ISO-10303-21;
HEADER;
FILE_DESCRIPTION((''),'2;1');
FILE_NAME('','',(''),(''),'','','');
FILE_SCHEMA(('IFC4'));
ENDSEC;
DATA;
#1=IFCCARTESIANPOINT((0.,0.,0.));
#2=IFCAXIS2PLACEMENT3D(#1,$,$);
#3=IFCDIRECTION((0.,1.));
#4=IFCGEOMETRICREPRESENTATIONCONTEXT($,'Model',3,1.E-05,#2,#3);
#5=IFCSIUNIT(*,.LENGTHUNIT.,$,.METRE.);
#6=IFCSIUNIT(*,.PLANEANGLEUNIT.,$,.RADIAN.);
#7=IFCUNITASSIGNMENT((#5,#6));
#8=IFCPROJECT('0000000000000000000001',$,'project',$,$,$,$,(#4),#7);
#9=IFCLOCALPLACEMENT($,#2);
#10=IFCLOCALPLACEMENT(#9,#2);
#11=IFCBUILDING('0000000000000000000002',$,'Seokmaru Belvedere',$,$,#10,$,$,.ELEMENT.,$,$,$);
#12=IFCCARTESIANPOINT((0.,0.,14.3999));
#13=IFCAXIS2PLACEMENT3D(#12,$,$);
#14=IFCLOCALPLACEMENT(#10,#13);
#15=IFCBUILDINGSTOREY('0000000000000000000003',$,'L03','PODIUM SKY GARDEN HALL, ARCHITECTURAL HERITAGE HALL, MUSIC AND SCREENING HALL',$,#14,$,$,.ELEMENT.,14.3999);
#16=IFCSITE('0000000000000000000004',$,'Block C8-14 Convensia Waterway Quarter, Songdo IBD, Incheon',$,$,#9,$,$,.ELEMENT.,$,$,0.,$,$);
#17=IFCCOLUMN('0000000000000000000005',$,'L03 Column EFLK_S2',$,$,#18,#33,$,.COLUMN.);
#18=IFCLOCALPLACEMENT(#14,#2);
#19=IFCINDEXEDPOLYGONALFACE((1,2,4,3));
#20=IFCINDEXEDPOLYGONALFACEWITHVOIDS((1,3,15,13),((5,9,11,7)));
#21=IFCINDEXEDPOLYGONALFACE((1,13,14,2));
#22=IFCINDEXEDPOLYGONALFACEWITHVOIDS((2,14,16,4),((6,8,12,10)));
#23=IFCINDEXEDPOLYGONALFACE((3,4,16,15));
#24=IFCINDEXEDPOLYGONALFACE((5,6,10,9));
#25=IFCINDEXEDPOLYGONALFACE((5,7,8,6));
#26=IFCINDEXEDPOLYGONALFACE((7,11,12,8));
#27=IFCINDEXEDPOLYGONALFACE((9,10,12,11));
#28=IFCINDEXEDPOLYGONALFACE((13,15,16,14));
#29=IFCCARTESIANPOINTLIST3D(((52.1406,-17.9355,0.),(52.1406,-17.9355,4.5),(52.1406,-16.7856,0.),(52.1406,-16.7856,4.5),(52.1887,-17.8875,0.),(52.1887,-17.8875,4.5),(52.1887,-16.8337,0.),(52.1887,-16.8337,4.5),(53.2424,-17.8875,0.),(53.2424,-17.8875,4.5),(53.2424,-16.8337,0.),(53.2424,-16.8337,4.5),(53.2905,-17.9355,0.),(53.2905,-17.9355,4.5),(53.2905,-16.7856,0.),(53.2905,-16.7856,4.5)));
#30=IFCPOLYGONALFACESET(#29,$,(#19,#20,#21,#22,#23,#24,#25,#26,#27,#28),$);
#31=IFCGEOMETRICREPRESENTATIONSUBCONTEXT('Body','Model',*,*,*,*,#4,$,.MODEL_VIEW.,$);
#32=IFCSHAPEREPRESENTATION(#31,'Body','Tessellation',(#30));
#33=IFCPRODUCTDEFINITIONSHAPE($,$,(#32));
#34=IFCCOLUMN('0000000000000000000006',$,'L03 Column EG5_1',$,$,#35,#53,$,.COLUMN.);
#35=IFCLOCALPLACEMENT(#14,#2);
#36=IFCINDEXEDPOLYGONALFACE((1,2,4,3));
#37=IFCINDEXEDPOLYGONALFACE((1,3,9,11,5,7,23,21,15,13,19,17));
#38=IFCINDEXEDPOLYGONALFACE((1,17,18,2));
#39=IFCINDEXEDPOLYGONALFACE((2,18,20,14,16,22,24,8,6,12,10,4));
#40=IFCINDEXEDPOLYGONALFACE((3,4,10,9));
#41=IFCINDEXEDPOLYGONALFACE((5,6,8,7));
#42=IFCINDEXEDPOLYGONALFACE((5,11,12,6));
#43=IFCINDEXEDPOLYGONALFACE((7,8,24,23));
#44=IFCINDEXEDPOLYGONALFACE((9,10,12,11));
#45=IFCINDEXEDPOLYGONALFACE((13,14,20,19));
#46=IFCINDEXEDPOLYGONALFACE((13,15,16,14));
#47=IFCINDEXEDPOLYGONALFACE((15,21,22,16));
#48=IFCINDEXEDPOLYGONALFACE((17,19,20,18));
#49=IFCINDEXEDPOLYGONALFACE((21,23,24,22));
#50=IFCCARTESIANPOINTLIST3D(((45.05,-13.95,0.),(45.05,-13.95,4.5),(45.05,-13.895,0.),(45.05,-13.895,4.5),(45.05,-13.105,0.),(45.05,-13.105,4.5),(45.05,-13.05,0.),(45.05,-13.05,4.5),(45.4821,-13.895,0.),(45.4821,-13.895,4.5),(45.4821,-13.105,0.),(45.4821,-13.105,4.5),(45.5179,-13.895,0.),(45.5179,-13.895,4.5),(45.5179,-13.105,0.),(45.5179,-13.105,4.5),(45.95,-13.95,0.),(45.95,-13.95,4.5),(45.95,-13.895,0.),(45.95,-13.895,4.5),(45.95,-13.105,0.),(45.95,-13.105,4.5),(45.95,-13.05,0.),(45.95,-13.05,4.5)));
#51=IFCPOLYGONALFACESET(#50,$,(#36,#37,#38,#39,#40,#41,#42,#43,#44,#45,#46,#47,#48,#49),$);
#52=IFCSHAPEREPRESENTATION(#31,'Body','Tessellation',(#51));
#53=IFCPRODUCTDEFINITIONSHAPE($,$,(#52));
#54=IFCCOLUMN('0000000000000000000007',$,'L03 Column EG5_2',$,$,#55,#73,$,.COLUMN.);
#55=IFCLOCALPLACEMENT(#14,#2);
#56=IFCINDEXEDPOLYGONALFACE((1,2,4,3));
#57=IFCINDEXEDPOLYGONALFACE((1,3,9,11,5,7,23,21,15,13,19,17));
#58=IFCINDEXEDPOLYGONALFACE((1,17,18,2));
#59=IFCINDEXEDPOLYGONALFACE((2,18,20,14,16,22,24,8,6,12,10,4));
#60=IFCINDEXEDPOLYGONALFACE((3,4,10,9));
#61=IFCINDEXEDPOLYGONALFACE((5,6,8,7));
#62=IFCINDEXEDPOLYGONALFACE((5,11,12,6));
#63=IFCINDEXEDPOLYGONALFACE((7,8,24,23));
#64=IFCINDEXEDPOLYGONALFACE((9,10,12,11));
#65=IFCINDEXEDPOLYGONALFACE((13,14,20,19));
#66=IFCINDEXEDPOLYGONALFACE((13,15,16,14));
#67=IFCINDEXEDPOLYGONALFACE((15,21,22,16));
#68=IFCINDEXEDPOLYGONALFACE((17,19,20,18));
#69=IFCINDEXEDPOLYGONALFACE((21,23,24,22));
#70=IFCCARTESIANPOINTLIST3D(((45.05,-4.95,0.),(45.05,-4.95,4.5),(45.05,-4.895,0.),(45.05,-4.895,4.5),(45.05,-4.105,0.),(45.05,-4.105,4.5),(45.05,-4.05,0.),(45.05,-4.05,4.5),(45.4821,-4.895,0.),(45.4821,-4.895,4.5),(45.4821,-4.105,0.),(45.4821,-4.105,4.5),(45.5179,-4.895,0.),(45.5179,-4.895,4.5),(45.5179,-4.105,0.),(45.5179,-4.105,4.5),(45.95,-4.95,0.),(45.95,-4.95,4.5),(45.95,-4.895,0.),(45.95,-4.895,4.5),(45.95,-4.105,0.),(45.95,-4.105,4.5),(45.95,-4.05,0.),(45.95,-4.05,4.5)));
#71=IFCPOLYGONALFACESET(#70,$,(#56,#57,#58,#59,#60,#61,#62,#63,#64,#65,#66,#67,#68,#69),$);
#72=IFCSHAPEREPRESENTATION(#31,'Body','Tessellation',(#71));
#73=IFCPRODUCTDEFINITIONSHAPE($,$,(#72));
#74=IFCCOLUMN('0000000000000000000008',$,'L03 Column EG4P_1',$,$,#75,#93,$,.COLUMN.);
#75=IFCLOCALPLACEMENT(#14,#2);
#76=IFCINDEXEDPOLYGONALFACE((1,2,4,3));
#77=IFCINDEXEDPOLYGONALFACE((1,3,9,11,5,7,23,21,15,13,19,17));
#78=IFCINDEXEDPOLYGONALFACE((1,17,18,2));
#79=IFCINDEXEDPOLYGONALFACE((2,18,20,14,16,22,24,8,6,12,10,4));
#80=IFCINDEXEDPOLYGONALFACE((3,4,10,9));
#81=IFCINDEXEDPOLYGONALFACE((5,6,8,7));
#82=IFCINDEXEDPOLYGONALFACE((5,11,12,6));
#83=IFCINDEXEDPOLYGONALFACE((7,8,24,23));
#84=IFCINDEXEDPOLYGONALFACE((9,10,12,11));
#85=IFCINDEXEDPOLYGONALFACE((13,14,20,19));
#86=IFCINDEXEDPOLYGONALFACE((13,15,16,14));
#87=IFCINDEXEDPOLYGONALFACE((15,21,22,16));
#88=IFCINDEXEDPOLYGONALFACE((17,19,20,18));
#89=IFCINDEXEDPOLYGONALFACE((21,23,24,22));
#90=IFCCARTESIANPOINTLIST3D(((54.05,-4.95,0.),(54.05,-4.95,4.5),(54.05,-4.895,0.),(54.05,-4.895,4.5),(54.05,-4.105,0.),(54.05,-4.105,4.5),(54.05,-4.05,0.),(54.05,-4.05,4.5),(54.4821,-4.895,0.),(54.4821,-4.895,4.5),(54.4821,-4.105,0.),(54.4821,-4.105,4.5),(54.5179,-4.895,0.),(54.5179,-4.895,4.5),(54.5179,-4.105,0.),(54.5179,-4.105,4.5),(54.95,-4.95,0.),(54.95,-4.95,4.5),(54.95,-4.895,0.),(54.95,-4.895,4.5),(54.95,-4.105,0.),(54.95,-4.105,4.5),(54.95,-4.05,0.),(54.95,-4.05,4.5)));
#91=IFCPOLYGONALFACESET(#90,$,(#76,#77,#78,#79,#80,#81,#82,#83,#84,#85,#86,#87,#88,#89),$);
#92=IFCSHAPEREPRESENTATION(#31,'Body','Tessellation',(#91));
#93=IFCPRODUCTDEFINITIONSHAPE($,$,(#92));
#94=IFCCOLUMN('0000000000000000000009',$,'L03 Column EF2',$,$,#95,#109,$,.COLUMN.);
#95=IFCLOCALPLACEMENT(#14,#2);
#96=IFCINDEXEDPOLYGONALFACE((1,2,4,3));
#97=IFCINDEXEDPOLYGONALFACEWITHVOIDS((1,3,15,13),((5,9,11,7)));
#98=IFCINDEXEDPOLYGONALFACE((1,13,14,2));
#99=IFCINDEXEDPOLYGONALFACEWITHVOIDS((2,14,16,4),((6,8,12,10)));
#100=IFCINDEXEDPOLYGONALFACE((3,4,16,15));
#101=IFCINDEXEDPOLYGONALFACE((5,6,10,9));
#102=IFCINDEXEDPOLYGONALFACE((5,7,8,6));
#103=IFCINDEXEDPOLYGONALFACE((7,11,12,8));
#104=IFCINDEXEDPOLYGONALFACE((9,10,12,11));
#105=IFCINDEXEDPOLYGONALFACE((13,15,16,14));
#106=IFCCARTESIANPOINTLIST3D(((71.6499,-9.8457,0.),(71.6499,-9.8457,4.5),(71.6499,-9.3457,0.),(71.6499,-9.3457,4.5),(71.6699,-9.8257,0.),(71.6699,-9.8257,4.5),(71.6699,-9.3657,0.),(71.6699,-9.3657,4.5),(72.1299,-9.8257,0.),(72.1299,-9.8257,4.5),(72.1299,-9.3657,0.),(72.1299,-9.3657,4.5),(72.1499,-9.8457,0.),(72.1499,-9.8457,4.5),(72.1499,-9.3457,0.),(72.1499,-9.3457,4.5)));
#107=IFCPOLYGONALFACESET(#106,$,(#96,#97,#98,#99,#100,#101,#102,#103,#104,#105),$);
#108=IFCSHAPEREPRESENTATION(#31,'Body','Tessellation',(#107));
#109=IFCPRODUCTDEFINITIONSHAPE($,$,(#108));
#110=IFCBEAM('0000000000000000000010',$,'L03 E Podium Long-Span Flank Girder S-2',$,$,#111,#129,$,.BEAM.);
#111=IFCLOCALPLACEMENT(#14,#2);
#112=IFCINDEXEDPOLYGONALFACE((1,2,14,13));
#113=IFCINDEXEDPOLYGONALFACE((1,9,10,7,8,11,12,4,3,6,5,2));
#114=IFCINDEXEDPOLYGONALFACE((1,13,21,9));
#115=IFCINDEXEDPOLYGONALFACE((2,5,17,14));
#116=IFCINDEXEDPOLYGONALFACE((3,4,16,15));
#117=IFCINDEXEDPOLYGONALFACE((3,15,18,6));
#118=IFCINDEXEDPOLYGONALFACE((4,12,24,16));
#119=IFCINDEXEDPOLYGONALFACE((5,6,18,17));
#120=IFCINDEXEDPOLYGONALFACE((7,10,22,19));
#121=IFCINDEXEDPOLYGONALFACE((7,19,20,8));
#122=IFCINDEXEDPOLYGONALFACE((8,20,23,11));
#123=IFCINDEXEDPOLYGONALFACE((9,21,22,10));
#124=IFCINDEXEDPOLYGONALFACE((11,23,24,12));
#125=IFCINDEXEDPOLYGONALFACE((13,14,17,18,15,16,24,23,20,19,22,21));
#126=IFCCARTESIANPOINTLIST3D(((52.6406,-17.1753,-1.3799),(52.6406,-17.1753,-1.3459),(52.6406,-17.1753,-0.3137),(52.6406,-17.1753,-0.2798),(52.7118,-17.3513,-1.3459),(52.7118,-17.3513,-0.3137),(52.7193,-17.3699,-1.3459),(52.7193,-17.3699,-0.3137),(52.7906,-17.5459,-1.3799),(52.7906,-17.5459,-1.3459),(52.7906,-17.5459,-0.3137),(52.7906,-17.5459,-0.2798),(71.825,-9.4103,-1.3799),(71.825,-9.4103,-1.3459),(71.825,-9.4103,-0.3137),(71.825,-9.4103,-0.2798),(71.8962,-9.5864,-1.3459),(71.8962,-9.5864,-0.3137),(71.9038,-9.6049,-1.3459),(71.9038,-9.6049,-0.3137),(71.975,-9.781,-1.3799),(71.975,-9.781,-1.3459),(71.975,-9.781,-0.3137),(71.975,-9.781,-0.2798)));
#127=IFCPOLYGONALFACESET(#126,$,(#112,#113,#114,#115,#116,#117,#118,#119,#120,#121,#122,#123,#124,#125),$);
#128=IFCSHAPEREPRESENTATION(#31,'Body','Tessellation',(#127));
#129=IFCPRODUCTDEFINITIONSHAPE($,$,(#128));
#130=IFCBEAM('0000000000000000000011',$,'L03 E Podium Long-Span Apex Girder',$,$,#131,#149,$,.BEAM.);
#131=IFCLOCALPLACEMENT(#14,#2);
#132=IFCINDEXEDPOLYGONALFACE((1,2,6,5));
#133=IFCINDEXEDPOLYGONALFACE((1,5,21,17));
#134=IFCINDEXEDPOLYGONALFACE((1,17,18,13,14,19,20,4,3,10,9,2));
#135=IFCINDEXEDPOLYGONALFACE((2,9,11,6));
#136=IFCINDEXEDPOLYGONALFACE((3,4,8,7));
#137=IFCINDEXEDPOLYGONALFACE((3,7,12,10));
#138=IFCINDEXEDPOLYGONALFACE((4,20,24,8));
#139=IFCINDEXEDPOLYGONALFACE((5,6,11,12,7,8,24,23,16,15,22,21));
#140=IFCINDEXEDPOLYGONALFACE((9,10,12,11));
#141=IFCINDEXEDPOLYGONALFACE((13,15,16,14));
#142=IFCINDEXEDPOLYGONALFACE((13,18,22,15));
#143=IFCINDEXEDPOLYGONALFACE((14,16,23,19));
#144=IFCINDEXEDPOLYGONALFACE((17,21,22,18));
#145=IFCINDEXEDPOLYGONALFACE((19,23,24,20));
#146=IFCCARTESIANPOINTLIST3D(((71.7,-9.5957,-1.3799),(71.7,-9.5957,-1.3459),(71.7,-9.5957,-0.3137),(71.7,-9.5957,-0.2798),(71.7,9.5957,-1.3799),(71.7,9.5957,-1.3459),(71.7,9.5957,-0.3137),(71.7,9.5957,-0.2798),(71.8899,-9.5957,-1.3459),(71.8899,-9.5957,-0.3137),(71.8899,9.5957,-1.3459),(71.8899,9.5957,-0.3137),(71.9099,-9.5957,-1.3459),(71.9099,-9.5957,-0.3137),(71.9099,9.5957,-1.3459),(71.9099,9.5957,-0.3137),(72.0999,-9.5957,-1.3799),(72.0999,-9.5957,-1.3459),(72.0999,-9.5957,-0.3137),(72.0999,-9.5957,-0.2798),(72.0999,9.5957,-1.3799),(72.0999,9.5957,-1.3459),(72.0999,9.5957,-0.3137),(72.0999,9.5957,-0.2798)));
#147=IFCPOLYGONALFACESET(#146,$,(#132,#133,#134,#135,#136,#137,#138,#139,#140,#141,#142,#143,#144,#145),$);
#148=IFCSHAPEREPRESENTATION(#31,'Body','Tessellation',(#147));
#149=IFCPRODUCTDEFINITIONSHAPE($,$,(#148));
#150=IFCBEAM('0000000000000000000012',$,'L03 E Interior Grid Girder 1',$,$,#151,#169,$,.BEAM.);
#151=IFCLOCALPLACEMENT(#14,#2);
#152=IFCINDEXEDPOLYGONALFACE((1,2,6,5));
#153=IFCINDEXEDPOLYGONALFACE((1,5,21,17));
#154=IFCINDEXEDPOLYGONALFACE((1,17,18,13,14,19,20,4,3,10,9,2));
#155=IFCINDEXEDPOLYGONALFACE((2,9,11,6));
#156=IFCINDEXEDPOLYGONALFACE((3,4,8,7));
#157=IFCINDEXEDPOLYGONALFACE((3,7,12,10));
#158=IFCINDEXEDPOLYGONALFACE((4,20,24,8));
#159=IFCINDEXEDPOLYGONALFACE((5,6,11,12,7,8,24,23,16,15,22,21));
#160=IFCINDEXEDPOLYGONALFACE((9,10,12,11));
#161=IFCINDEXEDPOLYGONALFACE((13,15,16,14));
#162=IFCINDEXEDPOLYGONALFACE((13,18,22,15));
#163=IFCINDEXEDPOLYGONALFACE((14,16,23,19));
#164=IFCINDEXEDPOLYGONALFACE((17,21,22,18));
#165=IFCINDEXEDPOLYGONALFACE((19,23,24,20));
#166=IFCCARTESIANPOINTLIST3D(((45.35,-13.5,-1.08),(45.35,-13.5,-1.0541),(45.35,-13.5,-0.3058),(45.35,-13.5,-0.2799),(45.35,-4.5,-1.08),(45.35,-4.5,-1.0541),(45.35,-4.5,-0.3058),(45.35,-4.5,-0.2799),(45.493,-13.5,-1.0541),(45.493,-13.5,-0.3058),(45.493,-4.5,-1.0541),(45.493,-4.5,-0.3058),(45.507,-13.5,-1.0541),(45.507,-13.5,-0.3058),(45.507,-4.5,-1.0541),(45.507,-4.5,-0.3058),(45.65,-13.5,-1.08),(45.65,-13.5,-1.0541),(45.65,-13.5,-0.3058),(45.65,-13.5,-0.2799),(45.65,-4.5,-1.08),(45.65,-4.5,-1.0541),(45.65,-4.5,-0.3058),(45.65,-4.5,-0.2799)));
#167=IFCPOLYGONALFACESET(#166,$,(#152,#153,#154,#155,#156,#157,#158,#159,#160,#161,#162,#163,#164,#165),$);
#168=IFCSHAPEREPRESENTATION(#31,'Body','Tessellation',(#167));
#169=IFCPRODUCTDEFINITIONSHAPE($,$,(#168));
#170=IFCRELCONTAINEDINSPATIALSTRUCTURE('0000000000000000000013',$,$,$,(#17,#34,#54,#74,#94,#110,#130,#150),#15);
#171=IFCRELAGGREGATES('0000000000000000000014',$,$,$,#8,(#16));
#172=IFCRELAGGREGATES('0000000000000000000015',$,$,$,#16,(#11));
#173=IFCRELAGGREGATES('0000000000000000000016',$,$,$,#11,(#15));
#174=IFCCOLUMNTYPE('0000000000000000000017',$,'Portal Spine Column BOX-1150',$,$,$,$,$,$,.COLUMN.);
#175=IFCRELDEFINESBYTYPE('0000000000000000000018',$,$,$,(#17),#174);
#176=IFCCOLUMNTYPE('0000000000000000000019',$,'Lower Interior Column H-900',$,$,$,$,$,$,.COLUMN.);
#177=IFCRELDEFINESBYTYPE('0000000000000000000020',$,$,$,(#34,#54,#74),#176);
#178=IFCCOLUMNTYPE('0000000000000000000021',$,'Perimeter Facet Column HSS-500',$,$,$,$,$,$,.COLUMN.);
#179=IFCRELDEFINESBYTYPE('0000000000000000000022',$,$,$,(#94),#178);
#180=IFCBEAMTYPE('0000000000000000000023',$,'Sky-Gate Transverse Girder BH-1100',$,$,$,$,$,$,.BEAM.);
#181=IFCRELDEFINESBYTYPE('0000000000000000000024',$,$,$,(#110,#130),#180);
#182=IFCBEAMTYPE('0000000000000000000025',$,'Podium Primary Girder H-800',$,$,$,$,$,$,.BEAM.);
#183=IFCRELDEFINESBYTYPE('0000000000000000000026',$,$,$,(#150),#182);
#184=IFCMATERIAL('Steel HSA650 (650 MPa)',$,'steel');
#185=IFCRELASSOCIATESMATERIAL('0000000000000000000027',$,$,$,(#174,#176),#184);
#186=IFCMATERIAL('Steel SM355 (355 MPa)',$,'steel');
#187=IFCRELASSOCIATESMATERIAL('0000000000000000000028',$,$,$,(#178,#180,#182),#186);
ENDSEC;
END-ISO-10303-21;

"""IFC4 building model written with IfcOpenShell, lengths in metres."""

from ifc_helpers import new_model, si_unit, direction, frame, origin, origin_2d, place, context, subcontext, project, spatial, hollow_rectangle, i_section, extrude, source, transform, mapped, material, material_profile, profile_set, type_object, type_shapes, element, save


model = new_model("IFC4")

# Units and contexts
model_context = context("Model", 3, precision=1e-05, world=origin(), true_north=direction((0.0, 1.0)))
body_context = subcontext(model_context, "Body", "Model", "MODEL_VIEW")
ifc_project = project(units=[si_unit("LENGTHUNIT", "METRE"), si_unit("PLANEANGLEUNIT", "RADIAN")], contexts=[model_context])

# Site, building, storey
site_placement = place(None, origin())
site = spatial("IfcSite", under=ifc_project, at=site_placement, Name="Block C8-14 Convensia Waterway Quarter, Songdo IBD, Incheon", CompositionType="ELEMENT", RefElevation=0.0)
building_placement = place(site_placement, origin())
building = spatial("IfcBuilding", under=site, at=building_placement, Name="Seokmaru Belvedere", CompositionType="ELEMENT")
storey_placement = place(building_placement, frame((0.0, 0.0, 14.3999)))
storey = spatial("IfcBuildingStorey", under=building, at=storey_placement, Name="L03", Description="PODIUM SKY GARDEN HALL, ARCHITECTURAL HERITAGE HALL, MUSIC AND SCREENING HALL", CompositionType="ELEMENT", Elevation=14.3999)

# Columns
ifc_material_1 = material(Name="Steel HSA650 (650 MPa)", Category="steel")
ifc_material_profile_1 = material_profile(ifc_material_1, hollow_rectangle(XDim=1.1499, YDim=1.1499, WallThickness=0.0481, at=origin_2d()), Name="BOX-1150x1150x48")
ifc_profile_set_1 = profile_set([ifc_material_profile_1], Name="Steel HSA650 (650 MPa)")
column_type_1 = type_object("IfcColumnType", Name="Portal Spine Column BOX-1150", PredefinedType="COLUMN", material=ifc_profile_set_1)
shared_shape_1 = source(origin(), body_context, "Body", "SweptSolid", [
    extrude(hollow_rectangle(XDim=1.1499, YDim=1.1499, WallThickness=0.0481, at=origin_2d()), origin(), (0.0, 0.0, 1.0), 4.5),
])
type_shapes(column_type_1, [shared_shape_1])
column_1_placement = place(storey_placement, frame((52.7156, -17.3606, 0.0), z_axis=(0.0, 0.0, 1.0), x_axis=(1.0, 0.0, 0.0)))
element("IfcColumn", 1, at=column_1_placement, inside=storey, type_object=column_type_1, Name="L03 Column EFLK_S2", PredefinedType="COLUMN", context=body_context, shape_type="MappedRepresentation", body=[
    mapped(shared_shape_1, transform((0.0, 0.0, 0.0), scale=1.0)),
])
ifc_material_profile_2 = material_profile(ifc_material_1, i_section(OverallWidth=0.8999, OverallDepth=0.8999, WebThickness=0.0359, FlangeThickness=0.0549, at=origin_2d()), Name="H-900x900x36x55")
ifc_profile_set_2 = profile_set([ifc_material_profile_2], Name="Steel HSA650 (650 MPa)")
column_type_2 = type_object("IfcColumnType", Name="Lower Interior Column H-900", PredefinedType="COLUMN", material=ifc_profile_set_2)
shared_shape_2 = source(origin(), body_context, "Body", "SweptSolid", [
    extrude(i_section(OverallWidth=0.8999, OverallDepth=0.8999, WebThickness=0.0359, FlangeThickness=0.0549, at=origin_2d()), origin(), (0.0, 0.0, 1.0), 4.5),
])
type_shapes(column_type_2, [shared_shape_2])
for number, where, z_axis, x_axis, name in (
    (2, (45.5, -13.5, 0.0), (0.0, 0.0, 1.0), (1.0, 0.0, 0.0), "L03 Column EG5_1"),
    (3, (45.5, -4.5, 0.0), (0.0, 0.0, 1.0), (1.0, 0.0, 0.0), "L03 Column EG5_2"),
    (4, (54.5, -4.5, 0.0), (0.0, 0.0, 1.0), (1.0, 0.0, 0.0), "L03 Column EG4P_1"),
):
    element("IfcColumn", number, at=place(storey_placement, frame(where, z_axis=z_axis, x_axis=x_axis)), inside=storey, type_object=column_type_2, Name=name, PredefinedType="COLUMN", context=body_context, shape_type="MappedRepresentation", body=[
        mapped(shared_shape_2, transform((0.0, 0.0, 0.0), scale=1.0)),
    ])
ifc_material_2 = material(Name="Steel SM355 (355 MPa)", Category="steel")
ifc_material_profile_3 = material_profile(ifc_material_2, hollow_rectangle(XDim=0.5, YDim=0.5, WallThickness=0.02, at=origin_2d()), Name="HSS-500x500x20")
ifc_profile_set_3 = profile_set([ifc_material_profile_3], Name="Steel SM355 (355 MPa)")
column_type_3 = type_object("IfcColumnType", Name="Perimeter Facet Column HSS-500", PredefinedType="COLUMN", material=ifc_profile_set_3)
shared_shape_3 = source(origin(), body_context, "Body", "SweptSolid", [
    extrude(hollow_rectangle(XDim=0.5, YDim=0.5, WallThickness=0.02, at=origin_2d()), origin(), (0.0, 0.0, 1.0), 4.5),
])
type_shapes(column_type_3, [shared_shape_3])
column_2_placement = place(storey_placement, frame((71.8999, -9.5957, 0.0), z_axis=(0.0, 0.0, 1.0), x_axis=(1.0, 0.0, 0.0)))
element("IfcColumn", 5, at=column_2_placement, inside=storey, type_object=column_type_3, Name="L03 Column EF2", PredefinedType="COLUMN", context=body_context, shape_type="MappedRepresentation", body=[
    mapped(shared_shape_3, transform((0.0, 0.0, 0.0), scale=1.0)),
])

# Beams
ifc_material_profile_4 = material_profile(ifc_material_2, i_section(OverallWidth=0.3999, OverallDepth=1.1001, WebThickness=0.02, FlangeThickness=0.0339, at=origin_2d()), Name="BH-1100x400x20x34")
ifc_profile_set_4 = profile_set([ifc_material_profile_4], Name="Steel SM355 (355 MPa)")
beam_type_1 = type_object("IfcBeamType", Name="Sky-Gate Transverse Girder BH-1100", PredefinedType="BEAM", material=ifc_profile_set_4)
shared_shape_4 = source(origin(), body_context, "Body", "SweptSolid", [
    extrude(i_section(OverallWidth=0.3999, OverallDepth=1.1001, WebThickness=0.02, FlangeThickness=0.0339, at=origin_2d()), origin(), (0.0, 0.0, 1.0), 20.6963),
])
beam_1_placement = place(storey_placement, frame((52.7156, -17.3606, -0.8298), z_axis=(0.92695, 0.375185, 0.0), x_axis=(-0.375185, 0.92695, 0.0)))
element("IfcBeam", 6, at=beam_1_placement, inside=storey, type_object=beam_type_1, Name="L03 E Podium Long-Span Flank Girder S-2", PredefinedType="BEAM", context=body_context, shape_type="MappedRepresentation", body=[
    mapped(shared_shape_4, transform((0.0, 0.0, 0.0), scale=1.0)),
])
shared_shape_5 = source(origin(), body_context, "Body", "SweptSolid", [
    extrude(i_section(OverallWidth=0.3999, OverallDepth=1.1001, WebThickness=0.02, FlangeThickness=0.0339, at=origin_2d()), origin(), (0.0, 0.0, 1.0), 19.1914),
])
type_shapes(beam_type_1, [shared_shape_4, shared_shape_5])
beam_2_placement = place(storey_placement, frame((71.8999, -9.5957, -0.8298), z_axis=(0.0, 1.0, 0.0), x_axis=(-1.0, 0.0, 0.0)))
element("IfcBeam", 7, at=beam_2_placement, inside=storey, type_object=beam_type_1, Name="L03 E Podium Long-Span Apex Girder", PredefinedType="BEAM", context=body_context, shape_type="MappedRepresentation", body=[
    mapped(shared_shape_5, transform((0.0, 0.0, 0.0), scale=1.0)),
])
ifc_material_profile_5 = material_profile(ifc_material_2, i_section(OverallWidth=0.3, OverallDepth=0.8, WebThickness=0.0139, FlangeThickness=0.0259, at=origin_2d()), Name="H-800x300x14x26")
ifc_profile_set_5 = profile_set([ifc_material_profile_5], Name="Steel SM355 (355 MPa)")
beam_type_2 = type_object("IfcBeamType", Name="Podium Primary Girder H-800", PredefinedType="BEAM", material=ifc_profile_set_5)
shared_shape_6 = source(origin(), body_context, "Body", "SweptSolid", [
    extrude(i_section(OverallWidth=0.3, OverallDepth=0.8, WebThickness=0.0139, FlangeThickness=0.0259, at=origin_2d()), origin(), (0.0, 0.0, 1.0), 9.0),
])
for number, where, z_axis, x_axis, name in (
    (8, (45.5, -13.5, -0.6799), (0.0, 1.0, 0.0), (-1.0, 0.0, 0.0), "L03 E Interior Grid Girder 1"),
):
    element("IfcBeam", number, at=place(storey_placement, frame(where, z_axis=z_axis, x_axis=x_axis)), inside=storey, type_object=beam_type_2, Name=name, PredefinedType="BEAM", context=body_context, shape_type="MappedRepresentation", body=[
        mapped(shared_shape_6, transform((0.0, 0.0, 0.0), scale=1.0)),
    ])

save(model, "model.ifc")
